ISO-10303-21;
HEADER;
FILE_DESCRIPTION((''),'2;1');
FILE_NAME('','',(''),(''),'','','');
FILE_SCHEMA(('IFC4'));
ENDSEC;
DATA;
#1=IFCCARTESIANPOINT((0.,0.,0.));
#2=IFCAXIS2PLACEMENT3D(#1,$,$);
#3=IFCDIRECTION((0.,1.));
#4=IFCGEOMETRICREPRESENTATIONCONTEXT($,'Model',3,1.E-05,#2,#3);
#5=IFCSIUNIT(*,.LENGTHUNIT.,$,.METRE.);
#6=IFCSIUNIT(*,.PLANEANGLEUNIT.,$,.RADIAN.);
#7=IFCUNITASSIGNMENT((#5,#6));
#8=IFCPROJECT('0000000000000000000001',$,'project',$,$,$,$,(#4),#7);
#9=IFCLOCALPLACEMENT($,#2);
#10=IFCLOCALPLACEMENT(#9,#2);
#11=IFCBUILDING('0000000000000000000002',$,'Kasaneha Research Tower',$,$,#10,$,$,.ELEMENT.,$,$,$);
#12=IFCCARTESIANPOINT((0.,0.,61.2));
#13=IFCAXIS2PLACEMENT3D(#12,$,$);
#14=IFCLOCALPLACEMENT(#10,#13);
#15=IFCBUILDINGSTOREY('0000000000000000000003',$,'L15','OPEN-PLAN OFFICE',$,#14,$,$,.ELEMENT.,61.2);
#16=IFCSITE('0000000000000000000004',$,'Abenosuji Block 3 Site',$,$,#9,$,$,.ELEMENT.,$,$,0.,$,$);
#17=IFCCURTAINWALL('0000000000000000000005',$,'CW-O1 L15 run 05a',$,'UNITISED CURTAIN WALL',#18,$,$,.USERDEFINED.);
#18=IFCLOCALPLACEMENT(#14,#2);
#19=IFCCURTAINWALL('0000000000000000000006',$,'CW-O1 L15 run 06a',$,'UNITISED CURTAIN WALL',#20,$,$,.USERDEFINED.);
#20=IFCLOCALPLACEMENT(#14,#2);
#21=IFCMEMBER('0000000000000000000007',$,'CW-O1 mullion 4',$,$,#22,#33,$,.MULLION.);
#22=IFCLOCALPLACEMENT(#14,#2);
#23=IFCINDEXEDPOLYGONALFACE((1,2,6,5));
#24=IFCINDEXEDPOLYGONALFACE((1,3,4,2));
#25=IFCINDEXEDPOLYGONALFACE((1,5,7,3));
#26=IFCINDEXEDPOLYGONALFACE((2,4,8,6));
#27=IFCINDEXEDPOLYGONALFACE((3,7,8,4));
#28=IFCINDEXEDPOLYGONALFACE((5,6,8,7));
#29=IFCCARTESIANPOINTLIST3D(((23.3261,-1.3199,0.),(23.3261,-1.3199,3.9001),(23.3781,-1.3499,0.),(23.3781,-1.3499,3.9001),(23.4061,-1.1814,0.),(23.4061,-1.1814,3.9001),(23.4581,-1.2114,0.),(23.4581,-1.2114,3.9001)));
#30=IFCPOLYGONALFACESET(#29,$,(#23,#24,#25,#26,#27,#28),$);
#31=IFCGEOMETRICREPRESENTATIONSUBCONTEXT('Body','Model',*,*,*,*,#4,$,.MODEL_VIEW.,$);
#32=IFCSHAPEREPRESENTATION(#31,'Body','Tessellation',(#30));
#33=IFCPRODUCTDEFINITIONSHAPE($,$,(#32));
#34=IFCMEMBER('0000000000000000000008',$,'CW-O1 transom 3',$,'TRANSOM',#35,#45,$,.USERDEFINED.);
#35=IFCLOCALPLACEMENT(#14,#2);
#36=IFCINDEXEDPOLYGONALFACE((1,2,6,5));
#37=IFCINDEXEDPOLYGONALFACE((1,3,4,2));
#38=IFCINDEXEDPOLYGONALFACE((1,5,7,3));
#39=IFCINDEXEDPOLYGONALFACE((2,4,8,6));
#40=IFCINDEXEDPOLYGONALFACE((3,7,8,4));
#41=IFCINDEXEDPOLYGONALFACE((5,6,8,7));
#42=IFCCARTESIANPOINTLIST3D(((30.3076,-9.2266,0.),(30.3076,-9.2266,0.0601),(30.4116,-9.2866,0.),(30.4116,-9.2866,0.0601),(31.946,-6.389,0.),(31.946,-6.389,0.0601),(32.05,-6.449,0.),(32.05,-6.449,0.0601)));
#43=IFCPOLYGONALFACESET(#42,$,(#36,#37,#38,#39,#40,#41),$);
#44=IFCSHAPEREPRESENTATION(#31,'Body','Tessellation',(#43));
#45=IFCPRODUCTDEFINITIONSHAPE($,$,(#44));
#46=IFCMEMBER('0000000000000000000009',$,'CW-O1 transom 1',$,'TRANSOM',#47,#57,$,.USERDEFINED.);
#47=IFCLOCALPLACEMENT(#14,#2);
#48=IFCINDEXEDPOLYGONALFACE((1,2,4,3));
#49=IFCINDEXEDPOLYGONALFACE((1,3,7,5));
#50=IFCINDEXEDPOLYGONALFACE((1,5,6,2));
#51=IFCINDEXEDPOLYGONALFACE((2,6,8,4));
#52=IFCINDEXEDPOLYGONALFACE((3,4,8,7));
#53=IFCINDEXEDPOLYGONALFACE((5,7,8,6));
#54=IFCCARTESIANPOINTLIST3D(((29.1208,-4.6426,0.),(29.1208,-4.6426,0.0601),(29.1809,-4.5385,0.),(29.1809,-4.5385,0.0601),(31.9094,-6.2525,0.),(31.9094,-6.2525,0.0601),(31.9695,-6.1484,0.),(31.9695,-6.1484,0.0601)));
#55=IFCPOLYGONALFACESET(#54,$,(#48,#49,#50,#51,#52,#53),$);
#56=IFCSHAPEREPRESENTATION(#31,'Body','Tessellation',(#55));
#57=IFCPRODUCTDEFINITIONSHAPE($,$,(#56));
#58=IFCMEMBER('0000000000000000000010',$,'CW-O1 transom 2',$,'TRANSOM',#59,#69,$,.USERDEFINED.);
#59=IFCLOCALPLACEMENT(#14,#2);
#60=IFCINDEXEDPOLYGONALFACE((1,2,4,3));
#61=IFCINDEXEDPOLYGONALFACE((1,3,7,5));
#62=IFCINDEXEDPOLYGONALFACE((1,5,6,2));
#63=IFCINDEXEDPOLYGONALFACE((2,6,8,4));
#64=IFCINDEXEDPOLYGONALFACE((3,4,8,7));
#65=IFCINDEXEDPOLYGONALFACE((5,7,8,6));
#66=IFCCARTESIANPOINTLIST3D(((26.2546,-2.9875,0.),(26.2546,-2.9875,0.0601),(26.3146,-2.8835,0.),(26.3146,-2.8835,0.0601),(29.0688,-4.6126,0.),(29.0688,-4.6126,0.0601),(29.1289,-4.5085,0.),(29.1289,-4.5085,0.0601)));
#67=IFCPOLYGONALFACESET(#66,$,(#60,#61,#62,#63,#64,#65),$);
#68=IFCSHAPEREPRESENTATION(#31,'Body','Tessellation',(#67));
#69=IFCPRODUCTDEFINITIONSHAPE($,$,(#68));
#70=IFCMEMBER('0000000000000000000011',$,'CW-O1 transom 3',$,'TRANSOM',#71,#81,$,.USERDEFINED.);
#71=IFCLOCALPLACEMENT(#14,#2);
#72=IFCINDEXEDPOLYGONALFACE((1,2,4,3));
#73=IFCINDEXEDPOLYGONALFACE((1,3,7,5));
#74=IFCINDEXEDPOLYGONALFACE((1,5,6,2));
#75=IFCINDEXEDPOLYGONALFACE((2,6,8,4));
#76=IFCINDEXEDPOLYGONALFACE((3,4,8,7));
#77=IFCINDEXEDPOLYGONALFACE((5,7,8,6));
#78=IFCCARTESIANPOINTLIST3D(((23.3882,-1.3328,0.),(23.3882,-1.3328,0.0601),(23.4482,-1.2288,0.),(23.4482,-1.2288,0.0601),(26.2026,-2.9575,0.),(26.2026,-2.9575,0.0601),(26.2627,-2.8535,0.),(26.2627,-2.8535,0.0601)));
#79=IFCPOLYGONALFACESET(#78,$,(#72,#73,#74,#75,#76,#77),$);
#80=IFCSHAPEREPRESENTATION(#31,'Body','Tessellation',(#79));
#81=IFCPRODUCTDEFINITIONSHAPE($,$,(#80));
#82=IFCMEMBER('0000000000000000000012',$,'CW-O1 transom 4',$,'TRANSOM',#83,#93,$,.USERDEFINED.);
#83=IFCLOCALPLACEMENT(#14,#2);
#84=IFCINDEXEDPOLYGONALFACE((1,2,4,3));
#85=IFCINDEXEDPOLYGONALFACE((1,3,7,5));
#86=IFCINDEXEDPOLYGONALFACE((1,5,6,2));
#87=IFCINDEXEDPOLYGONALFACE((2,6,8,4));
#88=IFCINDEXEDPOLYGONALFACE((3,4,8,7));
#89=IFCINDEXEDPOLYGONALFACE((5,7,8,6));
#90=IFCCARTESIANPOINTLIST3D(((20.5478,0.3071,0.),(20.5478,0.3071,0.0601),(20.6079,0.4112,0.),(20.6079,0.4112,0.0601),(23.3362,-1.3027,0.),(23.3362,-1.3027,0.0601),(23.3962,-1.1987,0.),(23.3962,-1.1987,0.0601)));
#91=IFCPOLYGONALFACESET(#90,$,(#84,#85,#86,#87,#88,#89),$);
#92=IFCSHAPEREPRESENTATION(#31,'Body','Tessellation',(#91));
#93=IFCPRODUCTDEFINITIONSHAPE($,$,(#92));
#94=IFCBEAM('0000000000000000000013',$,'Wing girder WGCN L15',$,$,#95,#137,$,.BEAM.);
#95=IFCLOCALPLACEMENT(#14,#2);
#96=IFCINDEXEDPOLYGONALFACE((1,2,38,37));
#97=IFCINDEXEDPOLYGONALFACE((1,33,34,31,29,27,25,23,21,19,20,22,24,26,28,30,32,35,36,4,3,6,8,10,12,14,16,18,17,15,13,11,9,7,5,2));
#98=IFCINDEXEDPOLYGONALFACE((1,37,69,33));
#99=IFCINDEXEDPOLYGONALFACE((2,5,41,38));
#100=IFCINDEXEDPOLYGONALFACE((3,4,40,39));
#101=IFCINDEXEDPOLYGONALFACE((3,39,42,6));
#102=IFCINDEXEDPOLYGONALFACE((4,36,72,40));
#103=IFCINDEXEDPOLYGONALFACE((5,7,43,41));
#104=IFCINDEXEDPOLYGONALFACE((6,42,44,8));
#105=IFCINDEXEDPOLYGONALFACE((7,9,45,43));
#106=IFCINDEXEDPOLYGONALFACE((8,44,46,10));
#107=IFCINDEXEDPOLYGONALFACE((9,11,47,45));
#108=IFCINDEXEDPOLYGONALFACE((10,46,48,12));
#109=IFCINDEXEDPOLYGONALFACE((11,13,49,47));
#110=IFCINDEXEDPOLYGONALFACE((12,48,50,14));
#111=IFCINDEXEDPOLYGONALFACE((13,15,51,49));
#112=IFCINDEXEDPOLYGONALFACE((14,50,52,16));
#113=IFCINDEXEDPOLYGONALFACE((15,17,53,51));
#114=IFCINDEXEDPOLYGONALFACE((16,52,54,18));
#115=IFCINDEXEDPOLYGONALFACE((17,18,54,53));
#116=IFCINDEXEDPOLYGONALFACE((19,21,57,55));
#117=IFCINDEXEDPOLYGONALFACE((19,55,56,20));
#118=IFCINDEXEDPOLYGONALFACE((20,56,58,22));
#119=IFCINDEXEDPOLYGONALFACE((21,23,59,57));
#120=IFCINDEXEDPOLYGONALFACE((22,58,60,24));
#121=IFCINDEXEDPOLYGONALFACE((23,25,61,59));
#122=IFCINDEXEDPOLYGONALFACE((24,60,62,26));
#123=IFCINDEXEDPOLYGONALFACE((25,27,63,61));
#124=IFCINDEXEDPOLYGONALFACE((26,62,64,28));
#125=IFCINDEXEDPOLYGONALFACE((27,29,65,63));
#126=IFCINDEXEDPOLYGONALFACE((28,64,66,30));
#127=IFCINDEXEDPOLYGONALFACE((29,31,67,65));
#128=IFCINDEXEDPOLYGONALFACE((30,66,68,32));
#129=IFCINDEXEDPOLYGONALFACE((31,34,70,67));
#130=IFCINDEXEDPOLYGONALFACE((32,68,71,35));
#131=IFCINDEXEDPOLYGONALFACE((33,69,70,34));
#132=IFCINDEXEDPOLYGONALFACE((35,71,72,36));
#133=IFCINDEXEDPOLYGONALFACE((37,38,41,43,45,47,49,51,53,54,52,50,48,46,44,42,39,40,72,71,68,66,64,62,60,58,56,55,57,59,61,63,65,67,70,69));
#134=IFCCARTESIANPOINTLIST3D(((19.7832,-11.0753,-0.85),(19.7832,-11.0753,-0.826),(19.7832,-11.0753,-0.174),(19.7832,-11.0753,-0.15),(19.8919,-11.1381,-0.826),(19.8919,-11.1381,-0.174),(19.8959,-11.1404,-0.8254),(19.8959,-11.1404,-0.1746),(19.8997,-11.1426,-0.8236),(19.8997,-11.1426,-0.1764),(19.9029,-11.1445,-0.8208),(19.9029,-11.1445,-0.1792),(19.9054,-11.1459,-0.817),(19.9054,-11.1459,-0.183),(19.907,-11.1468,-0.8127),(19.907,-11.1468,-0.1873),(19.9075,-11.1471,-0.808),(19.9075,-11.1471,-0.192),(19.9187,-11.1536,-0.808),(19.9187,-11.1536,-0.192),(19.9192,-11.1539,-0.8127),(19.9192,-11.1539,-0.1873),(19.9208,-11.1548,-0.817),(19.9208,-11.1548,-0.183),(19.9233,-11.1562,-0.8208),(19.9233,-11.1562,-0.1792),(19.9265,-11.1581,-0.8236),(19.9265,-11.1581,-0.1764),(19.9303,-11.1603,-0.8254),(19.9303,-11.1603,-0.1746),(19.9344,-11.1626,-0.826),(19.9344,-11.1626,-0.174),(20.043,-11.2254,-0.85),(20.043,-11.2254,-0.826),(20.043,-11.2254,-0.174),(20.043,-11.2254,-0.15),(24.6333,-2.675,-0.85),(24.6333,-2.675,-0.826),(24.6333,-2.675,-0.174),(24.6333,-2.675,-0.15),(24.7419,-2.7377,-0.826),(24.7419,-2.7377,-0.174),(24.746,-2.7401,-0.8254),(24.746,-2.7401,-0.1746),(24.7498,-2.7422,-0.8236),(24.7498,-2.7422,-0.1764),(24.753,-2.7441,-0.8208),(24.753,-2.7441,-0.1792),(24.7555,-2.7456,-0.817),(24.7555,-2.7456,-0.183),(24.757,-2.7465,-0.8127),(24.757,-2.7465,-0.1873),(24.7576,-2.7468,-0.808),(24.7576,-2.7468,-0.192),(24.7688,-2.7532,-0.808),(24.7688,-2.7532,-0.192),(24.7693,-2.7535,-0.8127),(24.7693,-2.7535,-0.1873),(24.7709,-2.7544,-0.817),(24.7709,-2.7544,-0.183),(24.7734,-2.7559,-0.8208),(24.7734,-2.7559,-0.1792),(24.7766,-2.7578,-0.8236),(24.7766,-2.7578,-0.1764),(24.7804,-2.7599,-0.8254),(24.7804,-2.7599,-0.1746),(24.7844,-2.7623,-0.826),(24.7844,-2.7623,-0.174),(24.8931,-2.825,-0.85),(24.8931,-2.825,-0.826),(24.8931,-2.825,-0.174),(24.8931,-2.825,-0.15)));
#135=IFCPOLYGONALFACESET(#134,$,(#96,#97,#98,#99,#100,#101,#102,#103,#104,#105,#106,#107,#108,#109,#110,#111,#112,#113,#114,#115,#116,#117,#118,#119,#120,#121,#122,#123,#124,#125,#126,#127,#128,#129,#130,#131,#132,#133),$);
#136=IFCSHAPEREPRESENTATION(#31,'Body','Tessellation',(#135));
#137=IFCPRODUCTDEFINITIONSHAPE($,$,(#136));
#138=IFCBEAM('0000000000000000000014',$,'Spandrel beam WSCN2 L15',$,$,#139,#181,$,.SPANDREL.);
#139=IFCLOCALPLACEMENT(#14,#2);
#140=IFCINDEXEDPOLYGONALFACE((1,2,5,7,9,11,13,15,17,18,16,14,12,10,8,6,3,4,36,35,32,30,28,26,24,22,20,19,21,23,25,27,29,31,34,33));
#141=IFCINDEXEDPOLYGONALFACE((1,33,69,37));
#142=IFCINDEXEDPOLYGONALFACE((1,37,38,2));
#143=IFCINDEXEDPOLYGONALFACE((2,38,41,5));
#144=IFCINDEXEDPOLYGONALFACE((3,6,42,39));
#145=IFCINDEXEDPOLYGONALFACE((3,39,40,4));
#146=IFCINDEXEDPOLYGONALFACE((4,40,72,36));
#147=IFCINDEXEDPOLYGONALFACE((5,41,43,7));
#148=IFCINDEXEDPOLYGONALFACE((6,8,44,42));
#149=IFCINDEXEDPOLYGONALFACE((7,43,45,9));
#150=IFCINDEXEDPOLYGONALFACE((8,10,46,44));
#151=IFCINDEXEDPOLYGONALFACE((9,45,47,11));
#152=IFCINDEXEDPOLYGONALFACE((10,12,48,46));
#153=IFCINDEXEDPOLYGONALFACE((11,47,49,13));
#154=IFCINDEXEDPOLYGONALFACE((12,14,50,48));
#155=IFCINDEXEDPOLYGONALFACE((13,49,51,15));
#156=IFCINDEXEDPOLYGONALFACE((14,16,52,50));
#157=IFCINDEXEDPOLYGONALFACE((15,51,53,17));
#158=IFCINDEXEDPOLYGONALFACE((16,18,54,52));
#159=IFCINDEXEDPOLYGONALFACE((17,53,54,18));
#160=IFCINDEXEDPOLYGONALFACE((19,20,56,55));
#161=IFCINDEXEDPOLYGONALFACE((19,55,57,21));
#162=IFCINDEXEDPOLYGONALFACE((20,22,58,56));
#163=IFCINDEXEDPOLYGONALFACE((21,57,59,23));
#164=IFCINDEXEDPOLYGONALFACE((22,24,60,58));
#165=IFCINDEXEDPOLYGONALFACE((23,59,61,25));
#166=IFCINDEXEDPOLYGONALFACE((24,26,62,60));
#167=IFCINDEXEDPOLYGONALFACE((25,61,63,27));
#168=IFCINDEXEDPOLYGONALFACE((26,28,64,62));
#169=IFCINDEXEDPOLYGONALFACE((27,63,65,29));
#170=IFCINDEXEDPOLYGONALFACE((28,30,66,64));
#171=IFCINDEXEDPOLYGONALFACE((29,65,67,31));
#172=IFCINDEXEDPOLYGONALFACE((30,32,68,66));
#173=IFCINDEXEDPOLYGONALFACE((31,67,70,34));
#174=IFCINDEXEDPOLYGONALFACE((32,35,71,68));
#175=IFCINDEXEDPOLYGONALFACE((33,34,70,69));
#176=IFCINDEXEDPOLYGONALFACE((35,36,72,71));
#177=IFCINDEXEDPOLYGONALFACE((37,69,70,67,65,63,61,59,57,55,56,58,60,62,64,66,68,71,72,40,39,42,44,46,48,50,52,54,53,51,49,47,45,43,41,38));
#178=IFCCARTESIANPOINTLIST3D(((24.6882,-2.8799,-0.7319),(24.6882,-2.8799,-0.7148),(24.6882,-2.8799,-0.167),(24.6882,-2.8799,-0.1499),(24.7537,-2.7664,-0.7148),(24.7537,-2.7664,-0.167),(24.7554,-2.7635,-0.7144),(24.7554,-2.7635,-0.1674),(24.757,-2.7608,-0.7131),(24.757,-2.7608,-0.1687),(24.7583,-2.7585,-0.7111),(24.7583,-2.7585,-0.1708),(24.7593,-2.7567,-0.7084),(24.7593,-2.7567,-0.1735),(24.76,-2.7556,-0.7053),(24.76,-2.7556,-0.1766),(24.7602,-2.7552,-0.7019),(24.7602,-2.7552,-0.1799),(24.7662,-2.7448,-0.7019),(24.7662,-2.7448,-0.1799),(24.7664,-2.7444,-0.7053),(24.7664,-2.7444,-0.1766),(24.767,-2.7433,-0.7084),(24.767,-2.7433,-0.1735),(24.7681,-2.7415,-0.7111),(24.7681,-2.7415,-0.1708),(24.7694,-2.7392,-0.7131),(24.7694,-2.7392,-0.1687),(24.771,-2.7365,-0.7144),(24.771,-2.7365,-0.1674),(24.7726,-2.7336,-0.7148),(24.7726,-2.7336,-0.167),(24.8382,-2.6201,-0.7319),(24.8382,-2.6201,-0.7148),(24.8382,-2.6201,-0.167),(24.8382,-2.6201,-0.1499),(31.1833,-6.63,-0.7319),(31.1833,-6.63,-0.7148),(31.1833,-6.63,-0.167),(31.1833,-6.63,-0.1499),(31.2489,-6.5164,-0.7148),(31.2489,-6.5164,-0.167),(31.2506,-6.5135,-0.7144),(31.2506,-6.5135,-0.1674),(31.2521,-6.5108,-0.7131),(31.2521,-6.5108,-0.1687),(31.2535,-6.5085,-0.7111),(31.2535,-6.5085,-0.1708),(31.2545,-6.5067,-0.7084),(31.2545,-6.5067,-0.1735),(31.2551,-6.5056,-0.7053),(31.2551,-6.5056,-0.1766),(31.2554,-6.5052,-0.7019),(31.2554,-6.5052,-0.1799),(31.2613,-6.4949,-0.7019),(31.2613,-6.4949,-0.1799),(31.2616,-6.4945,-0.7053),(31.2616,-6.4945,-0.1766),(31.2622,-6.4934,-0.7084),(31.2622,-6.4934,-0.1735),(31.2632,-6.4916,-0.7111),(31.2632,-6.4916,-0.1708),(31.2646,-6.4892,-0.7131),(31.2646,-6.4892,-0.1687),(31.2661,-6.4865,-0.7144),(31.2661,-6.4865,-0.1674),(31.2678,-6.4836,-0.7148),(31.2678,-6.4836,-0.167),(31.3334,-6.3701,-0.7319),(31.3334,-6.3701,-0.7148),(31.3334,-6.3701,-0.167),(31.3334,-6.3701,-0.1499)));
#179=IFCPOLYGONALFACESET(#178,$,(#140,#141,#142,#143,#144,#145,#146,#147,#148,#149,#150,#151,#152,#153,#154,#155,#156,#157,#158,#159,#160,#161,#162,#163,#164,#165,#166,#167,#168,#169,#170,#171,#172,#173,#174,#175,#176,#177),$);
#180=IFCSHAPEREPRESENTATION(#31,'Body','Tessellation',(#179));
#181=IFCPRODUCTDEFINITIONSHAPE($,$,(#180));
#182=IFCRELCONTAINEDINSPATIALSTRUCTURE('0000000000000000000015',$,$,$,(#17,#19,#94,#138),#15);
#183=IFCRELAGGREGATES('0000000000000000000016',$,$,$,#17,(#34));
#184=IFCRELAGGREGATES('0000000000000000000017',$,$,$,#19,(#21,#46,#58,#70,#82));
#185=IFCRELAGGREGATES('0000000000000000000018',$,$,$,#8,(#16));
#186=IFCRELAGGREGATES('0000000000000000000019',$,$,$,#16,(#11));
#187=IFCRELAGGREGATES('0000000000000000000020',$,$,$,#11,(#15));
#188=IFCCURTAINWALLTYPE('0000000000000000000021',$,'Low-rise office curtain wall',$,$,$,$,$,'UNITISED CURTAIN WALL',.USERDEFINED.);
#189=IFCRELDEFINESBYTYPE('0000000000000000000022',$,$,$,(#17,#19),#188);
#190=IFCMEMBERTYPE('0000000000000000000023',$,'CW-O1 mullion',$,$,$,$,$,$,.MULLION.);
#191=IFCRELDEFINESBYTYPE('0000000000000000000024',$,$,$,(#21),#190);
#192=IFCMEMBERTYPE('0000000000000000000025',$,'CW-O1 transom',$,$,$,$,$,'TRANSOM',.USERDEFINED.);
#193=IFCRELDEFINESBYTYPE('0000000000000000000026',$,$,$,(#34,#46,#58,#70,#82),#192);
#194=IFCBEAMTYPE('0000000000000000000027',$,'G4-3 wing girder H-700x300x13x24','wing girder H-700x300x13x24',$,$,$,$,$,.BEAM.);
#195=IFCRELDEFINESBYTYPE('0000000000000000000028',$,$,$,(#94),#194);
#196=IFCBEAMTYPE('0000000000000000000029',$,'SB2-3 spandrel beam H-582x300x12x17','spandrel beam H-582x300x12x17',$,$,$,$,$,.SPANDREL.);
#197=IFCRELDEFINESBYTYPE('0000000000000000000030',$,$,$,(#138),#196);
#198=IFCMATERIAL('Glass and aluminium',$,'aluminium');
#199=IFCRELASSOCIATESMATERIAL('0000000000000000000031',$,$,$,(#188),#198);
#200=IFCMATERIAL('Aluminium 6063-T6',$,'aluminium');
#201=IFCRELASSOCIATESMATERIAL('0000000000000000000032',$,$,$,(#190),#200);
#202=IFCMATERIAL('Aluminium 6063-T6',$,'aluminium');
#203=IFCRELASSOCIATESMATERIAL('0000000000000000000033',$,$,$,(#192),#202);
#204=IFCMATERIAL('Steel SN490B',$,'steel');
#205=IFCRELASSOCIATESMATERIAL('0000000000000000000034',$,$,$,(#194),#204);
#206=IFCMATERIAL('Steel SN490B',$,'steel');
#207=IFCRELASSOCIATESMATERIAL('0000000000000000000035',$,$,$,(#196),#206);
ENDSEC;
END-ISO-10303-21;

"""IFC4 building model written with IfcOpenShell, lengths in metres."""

from ifc_helpers import new_model, si_unit, direction, frame, origin, origin_2d, place, context, subcontext, project, spatial, rectangle, i_section, extrude, material, material_profile, profile_set, type_object, element, aggregate, save


model = new_model("IFC4")

# Units and contexts
model_context = context("Model", 3, precision=1e-05, world=origin(), true_north=direction((0.0, 1.0)))
body_context = subcontext(model_context, "Body", "Model", "MODEL_VIEW")
ifc_project = project(units=[si_unit("LENGTHUNIT", "METRE"), si_unit("PLANEANGLEUNIT", "RADIAN")], contexts=[model_context])

# Site, building, storey
site_placement = place(None, origin())
site = spatial("IfcSite", under=ifc_project, at=site_placement, Name="Abenosuji Block 3 Site", CompositionType="ELEMENT", RefElevation=0.0)
building_placement = place(site_placement, origin())
building = spatial("IfcBuilding", under=site, at=building_placement, Name="Kasaneha Research Tower", CompositionType="ELEMENT")
storey_placement = place(building_placement, frame((0.0, 0.0, 61.2)))
storey = spatial("IfcBuildingStorey", under=building, at=storey_placement, Name="L15", Description="OPEN-PLAN OFFICE", CompositionType="ELEMENT", Elevation=61.2)

# Curtain walls, member
ifc_material_1 = material(Name="Glass and aluminium", Category="aluminium")
curtain_wall_type = type_object("IfcCurtainWallType", Name="Low-rise office curtain wall", ElementType="UNITISED CURTAIN WALL", PredefinedType="USERDEFINED", material=ifc_material_1)
curtain_wall_1_placement = place(storey_placement, origin())
curtain_wall_1 = element("IfcCurtainWall", 1, at=curtain_wall_1_placement, inside=storey, type_object=curtain_wall_type, Name="CW-O1 L15 run 05a", ObjectType="UNITISED CURTAIN WALL", PredefinedType="USERDEFINED")
ifc_material_2 = material(Name="Aluminium 6063-T6", Category="aluminium")
ifc_material_profile_1 = material_profile(ifc_material_2, rectangle(XDim=0.0601, YDim=0.1599, at=origin_2d()), Name="CW-O1 mullion 60x160")
ifc_profile_set_1 = profile_set([ifc_material_profile_1], Name="Aluminium 6063-T6")
member_type_1 = type_object("IfcMemberType", Name="CW-O1 mullion", PredefinedType="MULLION", material=ifc_profile_set_1)
curtain_wall_2_placement = place(storey_placement, origin())
curtain_wall_2 = element("IfcCurtainWall", 2, at=curtain_wall_2_placement, inside=storey, type_object=curtain_wall_type, Name="CW-O1 L15 run 06a", ObjectType="UNITISED CURTAIN WALL", PredefinedType="USERDEFINED")
member_1_placement = place(storey_placement, frame((23.3921, -1.2656, 0.0), z_axis=(0.0, 0.0, 1.0), x_axis=(-0.866025, 0.5, 0.0)))
member_1 = element("IfcMember", 3, at=member_1_placement, type_object=member_type_1, Name="CW-O1 mullion 4", PredefinedType="MULLION", context=body_context, shape_type="SweptSolid", body=[
    extrude(rectangle(XDim=0.0601, YDim=0.1599, at=origin_2d()), origin(), (0.0, 0.0, 1.0), 3.9001),
])

# Members
ifc_material_3 = material(Name="Aluminium 6063-T6", Category="aluminium")
ifc_material_profile_2 = material_profile(ifc_material_3, rectangle(XDim=0.1201, YDim=0.0601, at=origin_2d()), Name="CW-O1 transom 120x60")
ifc_profile_set_2 = profile_set([ifc_material_profile_2], Name="Aluminium 6063-T6")
member_type_2 = type_object("IfcMemberType", Name="CW-O1 transom", ElementType="TRANSOM", PredefinedType="USERDEFINED", material=ifc_profile_set_2)
member_2_placement = place(storey_placement, frame((30.3596, -9.2566, 0.03), z_axis=(0.500026, 0.866011, 0.0), x_axis=(-0.866011, 0.500026, 0.0)))
member_2 = element("IfcMember", 4, at=member_2_placement, type_object=member_type_2, Name="CW-O1 transom 3", ObjectType="TRANSOM", PredefinedType="USERDEFINED", context=body_context, shape_type="SweptSolid", body=[
    extrude(rectangle(XDim=0.1201, YDim=0.0601, at=origin_2d()), origin(), (0.0, 0.0, 1.0), 3.2766),
])
member_3_placement = place(storey_placement, frame((31.9395, -6.2004, 0.03), z_axis=(-0.866042, 0.499972, 0.0), x_axis=(-0.499972, -0.866042, 0.0)))
member_3 = element("IfcMember", 5, at=member_3_placement, type_object=member_type_2, Name="CW-O1 transom 1", ObjectType="TRANSOM", PredefinedType="USERDEFINED", context=body_context, shape_type="SweptSolid", body=[
    extrude(rectangle(XDim=0.1201, YDim=0.0601, at=origin_2d()), origin(), (0.0, 0.0, 1.0), 3.22),
])
member_4_placement = place(storey_placement, frame((29.0989, -4.5605, 0.03), z_axis=(-0.865997, 0.50005, 0.0), x_axis=(-0.50005, -0.865997, 0.0)))
member_4 = element("IfcMember", 6, at=member_4_placement, type_object=member_type_2, Name="CW-O1 transom 2", ObjectType="TRANSOM", PredefinedType="USERDEFINED", context=body_context, shape_type="SweptSolid", body=[
    extrude(rectangle(XDim=0.1201, YDim=0.0601, at=origin_2d()), origin(), (0.0, 0.0, 1.0), 3.2498),
])
member_5_placement = place(storey_placement, frame((26.2327, -2.9055, 0.03), z_axis=(-0.866048, 0.499961, 0.0), x_axis=(-0.499961, -0.866048, 0.0)))
member_5 = element("IfcMember", 7, at=member_5_placement, type_object=member_type_2, Name="CW-O1 transom 3", ObjectType="TRANSOM", PredefinedType="USERDEFINED", context=body_context, shape_type="SweptSolid", body=[
    extrude(rectangle(XDim=0.1201, YDim=0.0601, at=origin_2d()), origin(), (0.0, 0.0, 1.0), 3.2498),
])
member_6_placement = place(storey_placement, frame((23.3662, -1.2507, 0.03), z_axis=(-0.866023, 0.500005, 0.0), x_axis=(-0.500005, -0.866023, 0.0)))
member_6 = element("IfcMember", 8, at=member_6_placement, type_object=member_type_2, Name="CW-O1 transom 4", ObjectType="TRANSOM", PredefinedType="USERDEFINED", context=body_context, shape_type="SweptSolid", body=[
    extrude(rectangle(XDim=0.1201, YDim=0.0601, at=origin_2d()), origin(), (0.0, 0.0, 1.0), 3.2197),
])

# Beams
ifc_material_4 = material(Name="Steel SN490B", Category="steel")
ifc_material_profile_3 = material_profile(ifc_material_4, i_section(OverallWidth=0.3, OverallDepth=0.7, WebThickness=0.0129, FlangeThickness=0.0239, FilletRadius=0.0181, at=origin_2d()), Name="H-700x300x13x24")
ifc_profile_set_3 = profile_set([ifc_material_profile_3], Name="Steel SN490B")
beam_type_1 = type_object("IfcBeamType", Name="G4-3 wing girder H-700x300x13x24", Description="wing girder H-700x300x13x24", PredefinedType="BEAM", material=ifc_profile_set_3)
beam_1_placement = place(storey_placement, frame((24.7632, -2.75, -0.5), z_axis=(-0.50001, -0.86602, 0.0), x_axis=(0.86602, -0.50001, 0.0)))
element("IfcBeam", 9, at=beam_1_placement, inside=storey, type_object=beam_type_1, Name="Wing girder WGCN L15", PredefinedType="BEAM", context=body_context, shape_type="SweptSolid", body=[
    extrude(i_section(OverallWidth=0.3, OverallDepth=0.7, WebThickness=0.0129, FlangeThickness=0.0239, FilletRadius=0.0181, at=origin_2d()), origin(), (0.0, 0.0, 1.0), 9.7),
])
ifc_material_5 = material(Name="Steel SN490B", Category="steel")
ifc_material_profile_4 = material_profile(ifc_material_5, i_section(OverallWidth=0.3, OverallDepth=0.582, WebThickness=0.012, FlangeThickness=0.0171, FilletRadius=0.0129, at=origin_2d()), Name="H-582x300x12x17")
ifc_profile_set_4 = profile_set([ifc_material_profile_4], Name="Steel SN490B")
beam_type_2 = type_object("IfcBeamType", Name="SB2-3 spandrel beam H-582x300x12x17", Description="spandrel beam H-582x300x12x17", PredefinedType="SPANDREL", material=ifc_profile_set_4)
beam_2_placement = place(storey_placement, frame((24.7632, -2.75, -0.4409), z_axis=(0.866023, -0.500004, 0.0), x_axis=(0.500004, 0.866023, 0.0)))
element("IfcBeam", 10, at=beam_2_placement, inside=storey, type_object=beam_type_2, Name="Spandrel beam WSCN2 L15", PredefinedType="SPANDREL", context=body_context, shape_type="SweptSolid", body=[
    extrude(i_section(OverallWidth=0.3, OverallDepth=0.582, WebThickness=0.012, FlangeThickness=0.0171, FilletRadius=0.0129, at=origin_2d()), origin(), (0.0, 0.0, 1.0), 7.5),
])

aggregate(curtain_wall_1, [member_2])
aggregate(curtain_wall_2, [member_1, member_3, member_4, member_5, member_6])

save(model, "model.ifc")
